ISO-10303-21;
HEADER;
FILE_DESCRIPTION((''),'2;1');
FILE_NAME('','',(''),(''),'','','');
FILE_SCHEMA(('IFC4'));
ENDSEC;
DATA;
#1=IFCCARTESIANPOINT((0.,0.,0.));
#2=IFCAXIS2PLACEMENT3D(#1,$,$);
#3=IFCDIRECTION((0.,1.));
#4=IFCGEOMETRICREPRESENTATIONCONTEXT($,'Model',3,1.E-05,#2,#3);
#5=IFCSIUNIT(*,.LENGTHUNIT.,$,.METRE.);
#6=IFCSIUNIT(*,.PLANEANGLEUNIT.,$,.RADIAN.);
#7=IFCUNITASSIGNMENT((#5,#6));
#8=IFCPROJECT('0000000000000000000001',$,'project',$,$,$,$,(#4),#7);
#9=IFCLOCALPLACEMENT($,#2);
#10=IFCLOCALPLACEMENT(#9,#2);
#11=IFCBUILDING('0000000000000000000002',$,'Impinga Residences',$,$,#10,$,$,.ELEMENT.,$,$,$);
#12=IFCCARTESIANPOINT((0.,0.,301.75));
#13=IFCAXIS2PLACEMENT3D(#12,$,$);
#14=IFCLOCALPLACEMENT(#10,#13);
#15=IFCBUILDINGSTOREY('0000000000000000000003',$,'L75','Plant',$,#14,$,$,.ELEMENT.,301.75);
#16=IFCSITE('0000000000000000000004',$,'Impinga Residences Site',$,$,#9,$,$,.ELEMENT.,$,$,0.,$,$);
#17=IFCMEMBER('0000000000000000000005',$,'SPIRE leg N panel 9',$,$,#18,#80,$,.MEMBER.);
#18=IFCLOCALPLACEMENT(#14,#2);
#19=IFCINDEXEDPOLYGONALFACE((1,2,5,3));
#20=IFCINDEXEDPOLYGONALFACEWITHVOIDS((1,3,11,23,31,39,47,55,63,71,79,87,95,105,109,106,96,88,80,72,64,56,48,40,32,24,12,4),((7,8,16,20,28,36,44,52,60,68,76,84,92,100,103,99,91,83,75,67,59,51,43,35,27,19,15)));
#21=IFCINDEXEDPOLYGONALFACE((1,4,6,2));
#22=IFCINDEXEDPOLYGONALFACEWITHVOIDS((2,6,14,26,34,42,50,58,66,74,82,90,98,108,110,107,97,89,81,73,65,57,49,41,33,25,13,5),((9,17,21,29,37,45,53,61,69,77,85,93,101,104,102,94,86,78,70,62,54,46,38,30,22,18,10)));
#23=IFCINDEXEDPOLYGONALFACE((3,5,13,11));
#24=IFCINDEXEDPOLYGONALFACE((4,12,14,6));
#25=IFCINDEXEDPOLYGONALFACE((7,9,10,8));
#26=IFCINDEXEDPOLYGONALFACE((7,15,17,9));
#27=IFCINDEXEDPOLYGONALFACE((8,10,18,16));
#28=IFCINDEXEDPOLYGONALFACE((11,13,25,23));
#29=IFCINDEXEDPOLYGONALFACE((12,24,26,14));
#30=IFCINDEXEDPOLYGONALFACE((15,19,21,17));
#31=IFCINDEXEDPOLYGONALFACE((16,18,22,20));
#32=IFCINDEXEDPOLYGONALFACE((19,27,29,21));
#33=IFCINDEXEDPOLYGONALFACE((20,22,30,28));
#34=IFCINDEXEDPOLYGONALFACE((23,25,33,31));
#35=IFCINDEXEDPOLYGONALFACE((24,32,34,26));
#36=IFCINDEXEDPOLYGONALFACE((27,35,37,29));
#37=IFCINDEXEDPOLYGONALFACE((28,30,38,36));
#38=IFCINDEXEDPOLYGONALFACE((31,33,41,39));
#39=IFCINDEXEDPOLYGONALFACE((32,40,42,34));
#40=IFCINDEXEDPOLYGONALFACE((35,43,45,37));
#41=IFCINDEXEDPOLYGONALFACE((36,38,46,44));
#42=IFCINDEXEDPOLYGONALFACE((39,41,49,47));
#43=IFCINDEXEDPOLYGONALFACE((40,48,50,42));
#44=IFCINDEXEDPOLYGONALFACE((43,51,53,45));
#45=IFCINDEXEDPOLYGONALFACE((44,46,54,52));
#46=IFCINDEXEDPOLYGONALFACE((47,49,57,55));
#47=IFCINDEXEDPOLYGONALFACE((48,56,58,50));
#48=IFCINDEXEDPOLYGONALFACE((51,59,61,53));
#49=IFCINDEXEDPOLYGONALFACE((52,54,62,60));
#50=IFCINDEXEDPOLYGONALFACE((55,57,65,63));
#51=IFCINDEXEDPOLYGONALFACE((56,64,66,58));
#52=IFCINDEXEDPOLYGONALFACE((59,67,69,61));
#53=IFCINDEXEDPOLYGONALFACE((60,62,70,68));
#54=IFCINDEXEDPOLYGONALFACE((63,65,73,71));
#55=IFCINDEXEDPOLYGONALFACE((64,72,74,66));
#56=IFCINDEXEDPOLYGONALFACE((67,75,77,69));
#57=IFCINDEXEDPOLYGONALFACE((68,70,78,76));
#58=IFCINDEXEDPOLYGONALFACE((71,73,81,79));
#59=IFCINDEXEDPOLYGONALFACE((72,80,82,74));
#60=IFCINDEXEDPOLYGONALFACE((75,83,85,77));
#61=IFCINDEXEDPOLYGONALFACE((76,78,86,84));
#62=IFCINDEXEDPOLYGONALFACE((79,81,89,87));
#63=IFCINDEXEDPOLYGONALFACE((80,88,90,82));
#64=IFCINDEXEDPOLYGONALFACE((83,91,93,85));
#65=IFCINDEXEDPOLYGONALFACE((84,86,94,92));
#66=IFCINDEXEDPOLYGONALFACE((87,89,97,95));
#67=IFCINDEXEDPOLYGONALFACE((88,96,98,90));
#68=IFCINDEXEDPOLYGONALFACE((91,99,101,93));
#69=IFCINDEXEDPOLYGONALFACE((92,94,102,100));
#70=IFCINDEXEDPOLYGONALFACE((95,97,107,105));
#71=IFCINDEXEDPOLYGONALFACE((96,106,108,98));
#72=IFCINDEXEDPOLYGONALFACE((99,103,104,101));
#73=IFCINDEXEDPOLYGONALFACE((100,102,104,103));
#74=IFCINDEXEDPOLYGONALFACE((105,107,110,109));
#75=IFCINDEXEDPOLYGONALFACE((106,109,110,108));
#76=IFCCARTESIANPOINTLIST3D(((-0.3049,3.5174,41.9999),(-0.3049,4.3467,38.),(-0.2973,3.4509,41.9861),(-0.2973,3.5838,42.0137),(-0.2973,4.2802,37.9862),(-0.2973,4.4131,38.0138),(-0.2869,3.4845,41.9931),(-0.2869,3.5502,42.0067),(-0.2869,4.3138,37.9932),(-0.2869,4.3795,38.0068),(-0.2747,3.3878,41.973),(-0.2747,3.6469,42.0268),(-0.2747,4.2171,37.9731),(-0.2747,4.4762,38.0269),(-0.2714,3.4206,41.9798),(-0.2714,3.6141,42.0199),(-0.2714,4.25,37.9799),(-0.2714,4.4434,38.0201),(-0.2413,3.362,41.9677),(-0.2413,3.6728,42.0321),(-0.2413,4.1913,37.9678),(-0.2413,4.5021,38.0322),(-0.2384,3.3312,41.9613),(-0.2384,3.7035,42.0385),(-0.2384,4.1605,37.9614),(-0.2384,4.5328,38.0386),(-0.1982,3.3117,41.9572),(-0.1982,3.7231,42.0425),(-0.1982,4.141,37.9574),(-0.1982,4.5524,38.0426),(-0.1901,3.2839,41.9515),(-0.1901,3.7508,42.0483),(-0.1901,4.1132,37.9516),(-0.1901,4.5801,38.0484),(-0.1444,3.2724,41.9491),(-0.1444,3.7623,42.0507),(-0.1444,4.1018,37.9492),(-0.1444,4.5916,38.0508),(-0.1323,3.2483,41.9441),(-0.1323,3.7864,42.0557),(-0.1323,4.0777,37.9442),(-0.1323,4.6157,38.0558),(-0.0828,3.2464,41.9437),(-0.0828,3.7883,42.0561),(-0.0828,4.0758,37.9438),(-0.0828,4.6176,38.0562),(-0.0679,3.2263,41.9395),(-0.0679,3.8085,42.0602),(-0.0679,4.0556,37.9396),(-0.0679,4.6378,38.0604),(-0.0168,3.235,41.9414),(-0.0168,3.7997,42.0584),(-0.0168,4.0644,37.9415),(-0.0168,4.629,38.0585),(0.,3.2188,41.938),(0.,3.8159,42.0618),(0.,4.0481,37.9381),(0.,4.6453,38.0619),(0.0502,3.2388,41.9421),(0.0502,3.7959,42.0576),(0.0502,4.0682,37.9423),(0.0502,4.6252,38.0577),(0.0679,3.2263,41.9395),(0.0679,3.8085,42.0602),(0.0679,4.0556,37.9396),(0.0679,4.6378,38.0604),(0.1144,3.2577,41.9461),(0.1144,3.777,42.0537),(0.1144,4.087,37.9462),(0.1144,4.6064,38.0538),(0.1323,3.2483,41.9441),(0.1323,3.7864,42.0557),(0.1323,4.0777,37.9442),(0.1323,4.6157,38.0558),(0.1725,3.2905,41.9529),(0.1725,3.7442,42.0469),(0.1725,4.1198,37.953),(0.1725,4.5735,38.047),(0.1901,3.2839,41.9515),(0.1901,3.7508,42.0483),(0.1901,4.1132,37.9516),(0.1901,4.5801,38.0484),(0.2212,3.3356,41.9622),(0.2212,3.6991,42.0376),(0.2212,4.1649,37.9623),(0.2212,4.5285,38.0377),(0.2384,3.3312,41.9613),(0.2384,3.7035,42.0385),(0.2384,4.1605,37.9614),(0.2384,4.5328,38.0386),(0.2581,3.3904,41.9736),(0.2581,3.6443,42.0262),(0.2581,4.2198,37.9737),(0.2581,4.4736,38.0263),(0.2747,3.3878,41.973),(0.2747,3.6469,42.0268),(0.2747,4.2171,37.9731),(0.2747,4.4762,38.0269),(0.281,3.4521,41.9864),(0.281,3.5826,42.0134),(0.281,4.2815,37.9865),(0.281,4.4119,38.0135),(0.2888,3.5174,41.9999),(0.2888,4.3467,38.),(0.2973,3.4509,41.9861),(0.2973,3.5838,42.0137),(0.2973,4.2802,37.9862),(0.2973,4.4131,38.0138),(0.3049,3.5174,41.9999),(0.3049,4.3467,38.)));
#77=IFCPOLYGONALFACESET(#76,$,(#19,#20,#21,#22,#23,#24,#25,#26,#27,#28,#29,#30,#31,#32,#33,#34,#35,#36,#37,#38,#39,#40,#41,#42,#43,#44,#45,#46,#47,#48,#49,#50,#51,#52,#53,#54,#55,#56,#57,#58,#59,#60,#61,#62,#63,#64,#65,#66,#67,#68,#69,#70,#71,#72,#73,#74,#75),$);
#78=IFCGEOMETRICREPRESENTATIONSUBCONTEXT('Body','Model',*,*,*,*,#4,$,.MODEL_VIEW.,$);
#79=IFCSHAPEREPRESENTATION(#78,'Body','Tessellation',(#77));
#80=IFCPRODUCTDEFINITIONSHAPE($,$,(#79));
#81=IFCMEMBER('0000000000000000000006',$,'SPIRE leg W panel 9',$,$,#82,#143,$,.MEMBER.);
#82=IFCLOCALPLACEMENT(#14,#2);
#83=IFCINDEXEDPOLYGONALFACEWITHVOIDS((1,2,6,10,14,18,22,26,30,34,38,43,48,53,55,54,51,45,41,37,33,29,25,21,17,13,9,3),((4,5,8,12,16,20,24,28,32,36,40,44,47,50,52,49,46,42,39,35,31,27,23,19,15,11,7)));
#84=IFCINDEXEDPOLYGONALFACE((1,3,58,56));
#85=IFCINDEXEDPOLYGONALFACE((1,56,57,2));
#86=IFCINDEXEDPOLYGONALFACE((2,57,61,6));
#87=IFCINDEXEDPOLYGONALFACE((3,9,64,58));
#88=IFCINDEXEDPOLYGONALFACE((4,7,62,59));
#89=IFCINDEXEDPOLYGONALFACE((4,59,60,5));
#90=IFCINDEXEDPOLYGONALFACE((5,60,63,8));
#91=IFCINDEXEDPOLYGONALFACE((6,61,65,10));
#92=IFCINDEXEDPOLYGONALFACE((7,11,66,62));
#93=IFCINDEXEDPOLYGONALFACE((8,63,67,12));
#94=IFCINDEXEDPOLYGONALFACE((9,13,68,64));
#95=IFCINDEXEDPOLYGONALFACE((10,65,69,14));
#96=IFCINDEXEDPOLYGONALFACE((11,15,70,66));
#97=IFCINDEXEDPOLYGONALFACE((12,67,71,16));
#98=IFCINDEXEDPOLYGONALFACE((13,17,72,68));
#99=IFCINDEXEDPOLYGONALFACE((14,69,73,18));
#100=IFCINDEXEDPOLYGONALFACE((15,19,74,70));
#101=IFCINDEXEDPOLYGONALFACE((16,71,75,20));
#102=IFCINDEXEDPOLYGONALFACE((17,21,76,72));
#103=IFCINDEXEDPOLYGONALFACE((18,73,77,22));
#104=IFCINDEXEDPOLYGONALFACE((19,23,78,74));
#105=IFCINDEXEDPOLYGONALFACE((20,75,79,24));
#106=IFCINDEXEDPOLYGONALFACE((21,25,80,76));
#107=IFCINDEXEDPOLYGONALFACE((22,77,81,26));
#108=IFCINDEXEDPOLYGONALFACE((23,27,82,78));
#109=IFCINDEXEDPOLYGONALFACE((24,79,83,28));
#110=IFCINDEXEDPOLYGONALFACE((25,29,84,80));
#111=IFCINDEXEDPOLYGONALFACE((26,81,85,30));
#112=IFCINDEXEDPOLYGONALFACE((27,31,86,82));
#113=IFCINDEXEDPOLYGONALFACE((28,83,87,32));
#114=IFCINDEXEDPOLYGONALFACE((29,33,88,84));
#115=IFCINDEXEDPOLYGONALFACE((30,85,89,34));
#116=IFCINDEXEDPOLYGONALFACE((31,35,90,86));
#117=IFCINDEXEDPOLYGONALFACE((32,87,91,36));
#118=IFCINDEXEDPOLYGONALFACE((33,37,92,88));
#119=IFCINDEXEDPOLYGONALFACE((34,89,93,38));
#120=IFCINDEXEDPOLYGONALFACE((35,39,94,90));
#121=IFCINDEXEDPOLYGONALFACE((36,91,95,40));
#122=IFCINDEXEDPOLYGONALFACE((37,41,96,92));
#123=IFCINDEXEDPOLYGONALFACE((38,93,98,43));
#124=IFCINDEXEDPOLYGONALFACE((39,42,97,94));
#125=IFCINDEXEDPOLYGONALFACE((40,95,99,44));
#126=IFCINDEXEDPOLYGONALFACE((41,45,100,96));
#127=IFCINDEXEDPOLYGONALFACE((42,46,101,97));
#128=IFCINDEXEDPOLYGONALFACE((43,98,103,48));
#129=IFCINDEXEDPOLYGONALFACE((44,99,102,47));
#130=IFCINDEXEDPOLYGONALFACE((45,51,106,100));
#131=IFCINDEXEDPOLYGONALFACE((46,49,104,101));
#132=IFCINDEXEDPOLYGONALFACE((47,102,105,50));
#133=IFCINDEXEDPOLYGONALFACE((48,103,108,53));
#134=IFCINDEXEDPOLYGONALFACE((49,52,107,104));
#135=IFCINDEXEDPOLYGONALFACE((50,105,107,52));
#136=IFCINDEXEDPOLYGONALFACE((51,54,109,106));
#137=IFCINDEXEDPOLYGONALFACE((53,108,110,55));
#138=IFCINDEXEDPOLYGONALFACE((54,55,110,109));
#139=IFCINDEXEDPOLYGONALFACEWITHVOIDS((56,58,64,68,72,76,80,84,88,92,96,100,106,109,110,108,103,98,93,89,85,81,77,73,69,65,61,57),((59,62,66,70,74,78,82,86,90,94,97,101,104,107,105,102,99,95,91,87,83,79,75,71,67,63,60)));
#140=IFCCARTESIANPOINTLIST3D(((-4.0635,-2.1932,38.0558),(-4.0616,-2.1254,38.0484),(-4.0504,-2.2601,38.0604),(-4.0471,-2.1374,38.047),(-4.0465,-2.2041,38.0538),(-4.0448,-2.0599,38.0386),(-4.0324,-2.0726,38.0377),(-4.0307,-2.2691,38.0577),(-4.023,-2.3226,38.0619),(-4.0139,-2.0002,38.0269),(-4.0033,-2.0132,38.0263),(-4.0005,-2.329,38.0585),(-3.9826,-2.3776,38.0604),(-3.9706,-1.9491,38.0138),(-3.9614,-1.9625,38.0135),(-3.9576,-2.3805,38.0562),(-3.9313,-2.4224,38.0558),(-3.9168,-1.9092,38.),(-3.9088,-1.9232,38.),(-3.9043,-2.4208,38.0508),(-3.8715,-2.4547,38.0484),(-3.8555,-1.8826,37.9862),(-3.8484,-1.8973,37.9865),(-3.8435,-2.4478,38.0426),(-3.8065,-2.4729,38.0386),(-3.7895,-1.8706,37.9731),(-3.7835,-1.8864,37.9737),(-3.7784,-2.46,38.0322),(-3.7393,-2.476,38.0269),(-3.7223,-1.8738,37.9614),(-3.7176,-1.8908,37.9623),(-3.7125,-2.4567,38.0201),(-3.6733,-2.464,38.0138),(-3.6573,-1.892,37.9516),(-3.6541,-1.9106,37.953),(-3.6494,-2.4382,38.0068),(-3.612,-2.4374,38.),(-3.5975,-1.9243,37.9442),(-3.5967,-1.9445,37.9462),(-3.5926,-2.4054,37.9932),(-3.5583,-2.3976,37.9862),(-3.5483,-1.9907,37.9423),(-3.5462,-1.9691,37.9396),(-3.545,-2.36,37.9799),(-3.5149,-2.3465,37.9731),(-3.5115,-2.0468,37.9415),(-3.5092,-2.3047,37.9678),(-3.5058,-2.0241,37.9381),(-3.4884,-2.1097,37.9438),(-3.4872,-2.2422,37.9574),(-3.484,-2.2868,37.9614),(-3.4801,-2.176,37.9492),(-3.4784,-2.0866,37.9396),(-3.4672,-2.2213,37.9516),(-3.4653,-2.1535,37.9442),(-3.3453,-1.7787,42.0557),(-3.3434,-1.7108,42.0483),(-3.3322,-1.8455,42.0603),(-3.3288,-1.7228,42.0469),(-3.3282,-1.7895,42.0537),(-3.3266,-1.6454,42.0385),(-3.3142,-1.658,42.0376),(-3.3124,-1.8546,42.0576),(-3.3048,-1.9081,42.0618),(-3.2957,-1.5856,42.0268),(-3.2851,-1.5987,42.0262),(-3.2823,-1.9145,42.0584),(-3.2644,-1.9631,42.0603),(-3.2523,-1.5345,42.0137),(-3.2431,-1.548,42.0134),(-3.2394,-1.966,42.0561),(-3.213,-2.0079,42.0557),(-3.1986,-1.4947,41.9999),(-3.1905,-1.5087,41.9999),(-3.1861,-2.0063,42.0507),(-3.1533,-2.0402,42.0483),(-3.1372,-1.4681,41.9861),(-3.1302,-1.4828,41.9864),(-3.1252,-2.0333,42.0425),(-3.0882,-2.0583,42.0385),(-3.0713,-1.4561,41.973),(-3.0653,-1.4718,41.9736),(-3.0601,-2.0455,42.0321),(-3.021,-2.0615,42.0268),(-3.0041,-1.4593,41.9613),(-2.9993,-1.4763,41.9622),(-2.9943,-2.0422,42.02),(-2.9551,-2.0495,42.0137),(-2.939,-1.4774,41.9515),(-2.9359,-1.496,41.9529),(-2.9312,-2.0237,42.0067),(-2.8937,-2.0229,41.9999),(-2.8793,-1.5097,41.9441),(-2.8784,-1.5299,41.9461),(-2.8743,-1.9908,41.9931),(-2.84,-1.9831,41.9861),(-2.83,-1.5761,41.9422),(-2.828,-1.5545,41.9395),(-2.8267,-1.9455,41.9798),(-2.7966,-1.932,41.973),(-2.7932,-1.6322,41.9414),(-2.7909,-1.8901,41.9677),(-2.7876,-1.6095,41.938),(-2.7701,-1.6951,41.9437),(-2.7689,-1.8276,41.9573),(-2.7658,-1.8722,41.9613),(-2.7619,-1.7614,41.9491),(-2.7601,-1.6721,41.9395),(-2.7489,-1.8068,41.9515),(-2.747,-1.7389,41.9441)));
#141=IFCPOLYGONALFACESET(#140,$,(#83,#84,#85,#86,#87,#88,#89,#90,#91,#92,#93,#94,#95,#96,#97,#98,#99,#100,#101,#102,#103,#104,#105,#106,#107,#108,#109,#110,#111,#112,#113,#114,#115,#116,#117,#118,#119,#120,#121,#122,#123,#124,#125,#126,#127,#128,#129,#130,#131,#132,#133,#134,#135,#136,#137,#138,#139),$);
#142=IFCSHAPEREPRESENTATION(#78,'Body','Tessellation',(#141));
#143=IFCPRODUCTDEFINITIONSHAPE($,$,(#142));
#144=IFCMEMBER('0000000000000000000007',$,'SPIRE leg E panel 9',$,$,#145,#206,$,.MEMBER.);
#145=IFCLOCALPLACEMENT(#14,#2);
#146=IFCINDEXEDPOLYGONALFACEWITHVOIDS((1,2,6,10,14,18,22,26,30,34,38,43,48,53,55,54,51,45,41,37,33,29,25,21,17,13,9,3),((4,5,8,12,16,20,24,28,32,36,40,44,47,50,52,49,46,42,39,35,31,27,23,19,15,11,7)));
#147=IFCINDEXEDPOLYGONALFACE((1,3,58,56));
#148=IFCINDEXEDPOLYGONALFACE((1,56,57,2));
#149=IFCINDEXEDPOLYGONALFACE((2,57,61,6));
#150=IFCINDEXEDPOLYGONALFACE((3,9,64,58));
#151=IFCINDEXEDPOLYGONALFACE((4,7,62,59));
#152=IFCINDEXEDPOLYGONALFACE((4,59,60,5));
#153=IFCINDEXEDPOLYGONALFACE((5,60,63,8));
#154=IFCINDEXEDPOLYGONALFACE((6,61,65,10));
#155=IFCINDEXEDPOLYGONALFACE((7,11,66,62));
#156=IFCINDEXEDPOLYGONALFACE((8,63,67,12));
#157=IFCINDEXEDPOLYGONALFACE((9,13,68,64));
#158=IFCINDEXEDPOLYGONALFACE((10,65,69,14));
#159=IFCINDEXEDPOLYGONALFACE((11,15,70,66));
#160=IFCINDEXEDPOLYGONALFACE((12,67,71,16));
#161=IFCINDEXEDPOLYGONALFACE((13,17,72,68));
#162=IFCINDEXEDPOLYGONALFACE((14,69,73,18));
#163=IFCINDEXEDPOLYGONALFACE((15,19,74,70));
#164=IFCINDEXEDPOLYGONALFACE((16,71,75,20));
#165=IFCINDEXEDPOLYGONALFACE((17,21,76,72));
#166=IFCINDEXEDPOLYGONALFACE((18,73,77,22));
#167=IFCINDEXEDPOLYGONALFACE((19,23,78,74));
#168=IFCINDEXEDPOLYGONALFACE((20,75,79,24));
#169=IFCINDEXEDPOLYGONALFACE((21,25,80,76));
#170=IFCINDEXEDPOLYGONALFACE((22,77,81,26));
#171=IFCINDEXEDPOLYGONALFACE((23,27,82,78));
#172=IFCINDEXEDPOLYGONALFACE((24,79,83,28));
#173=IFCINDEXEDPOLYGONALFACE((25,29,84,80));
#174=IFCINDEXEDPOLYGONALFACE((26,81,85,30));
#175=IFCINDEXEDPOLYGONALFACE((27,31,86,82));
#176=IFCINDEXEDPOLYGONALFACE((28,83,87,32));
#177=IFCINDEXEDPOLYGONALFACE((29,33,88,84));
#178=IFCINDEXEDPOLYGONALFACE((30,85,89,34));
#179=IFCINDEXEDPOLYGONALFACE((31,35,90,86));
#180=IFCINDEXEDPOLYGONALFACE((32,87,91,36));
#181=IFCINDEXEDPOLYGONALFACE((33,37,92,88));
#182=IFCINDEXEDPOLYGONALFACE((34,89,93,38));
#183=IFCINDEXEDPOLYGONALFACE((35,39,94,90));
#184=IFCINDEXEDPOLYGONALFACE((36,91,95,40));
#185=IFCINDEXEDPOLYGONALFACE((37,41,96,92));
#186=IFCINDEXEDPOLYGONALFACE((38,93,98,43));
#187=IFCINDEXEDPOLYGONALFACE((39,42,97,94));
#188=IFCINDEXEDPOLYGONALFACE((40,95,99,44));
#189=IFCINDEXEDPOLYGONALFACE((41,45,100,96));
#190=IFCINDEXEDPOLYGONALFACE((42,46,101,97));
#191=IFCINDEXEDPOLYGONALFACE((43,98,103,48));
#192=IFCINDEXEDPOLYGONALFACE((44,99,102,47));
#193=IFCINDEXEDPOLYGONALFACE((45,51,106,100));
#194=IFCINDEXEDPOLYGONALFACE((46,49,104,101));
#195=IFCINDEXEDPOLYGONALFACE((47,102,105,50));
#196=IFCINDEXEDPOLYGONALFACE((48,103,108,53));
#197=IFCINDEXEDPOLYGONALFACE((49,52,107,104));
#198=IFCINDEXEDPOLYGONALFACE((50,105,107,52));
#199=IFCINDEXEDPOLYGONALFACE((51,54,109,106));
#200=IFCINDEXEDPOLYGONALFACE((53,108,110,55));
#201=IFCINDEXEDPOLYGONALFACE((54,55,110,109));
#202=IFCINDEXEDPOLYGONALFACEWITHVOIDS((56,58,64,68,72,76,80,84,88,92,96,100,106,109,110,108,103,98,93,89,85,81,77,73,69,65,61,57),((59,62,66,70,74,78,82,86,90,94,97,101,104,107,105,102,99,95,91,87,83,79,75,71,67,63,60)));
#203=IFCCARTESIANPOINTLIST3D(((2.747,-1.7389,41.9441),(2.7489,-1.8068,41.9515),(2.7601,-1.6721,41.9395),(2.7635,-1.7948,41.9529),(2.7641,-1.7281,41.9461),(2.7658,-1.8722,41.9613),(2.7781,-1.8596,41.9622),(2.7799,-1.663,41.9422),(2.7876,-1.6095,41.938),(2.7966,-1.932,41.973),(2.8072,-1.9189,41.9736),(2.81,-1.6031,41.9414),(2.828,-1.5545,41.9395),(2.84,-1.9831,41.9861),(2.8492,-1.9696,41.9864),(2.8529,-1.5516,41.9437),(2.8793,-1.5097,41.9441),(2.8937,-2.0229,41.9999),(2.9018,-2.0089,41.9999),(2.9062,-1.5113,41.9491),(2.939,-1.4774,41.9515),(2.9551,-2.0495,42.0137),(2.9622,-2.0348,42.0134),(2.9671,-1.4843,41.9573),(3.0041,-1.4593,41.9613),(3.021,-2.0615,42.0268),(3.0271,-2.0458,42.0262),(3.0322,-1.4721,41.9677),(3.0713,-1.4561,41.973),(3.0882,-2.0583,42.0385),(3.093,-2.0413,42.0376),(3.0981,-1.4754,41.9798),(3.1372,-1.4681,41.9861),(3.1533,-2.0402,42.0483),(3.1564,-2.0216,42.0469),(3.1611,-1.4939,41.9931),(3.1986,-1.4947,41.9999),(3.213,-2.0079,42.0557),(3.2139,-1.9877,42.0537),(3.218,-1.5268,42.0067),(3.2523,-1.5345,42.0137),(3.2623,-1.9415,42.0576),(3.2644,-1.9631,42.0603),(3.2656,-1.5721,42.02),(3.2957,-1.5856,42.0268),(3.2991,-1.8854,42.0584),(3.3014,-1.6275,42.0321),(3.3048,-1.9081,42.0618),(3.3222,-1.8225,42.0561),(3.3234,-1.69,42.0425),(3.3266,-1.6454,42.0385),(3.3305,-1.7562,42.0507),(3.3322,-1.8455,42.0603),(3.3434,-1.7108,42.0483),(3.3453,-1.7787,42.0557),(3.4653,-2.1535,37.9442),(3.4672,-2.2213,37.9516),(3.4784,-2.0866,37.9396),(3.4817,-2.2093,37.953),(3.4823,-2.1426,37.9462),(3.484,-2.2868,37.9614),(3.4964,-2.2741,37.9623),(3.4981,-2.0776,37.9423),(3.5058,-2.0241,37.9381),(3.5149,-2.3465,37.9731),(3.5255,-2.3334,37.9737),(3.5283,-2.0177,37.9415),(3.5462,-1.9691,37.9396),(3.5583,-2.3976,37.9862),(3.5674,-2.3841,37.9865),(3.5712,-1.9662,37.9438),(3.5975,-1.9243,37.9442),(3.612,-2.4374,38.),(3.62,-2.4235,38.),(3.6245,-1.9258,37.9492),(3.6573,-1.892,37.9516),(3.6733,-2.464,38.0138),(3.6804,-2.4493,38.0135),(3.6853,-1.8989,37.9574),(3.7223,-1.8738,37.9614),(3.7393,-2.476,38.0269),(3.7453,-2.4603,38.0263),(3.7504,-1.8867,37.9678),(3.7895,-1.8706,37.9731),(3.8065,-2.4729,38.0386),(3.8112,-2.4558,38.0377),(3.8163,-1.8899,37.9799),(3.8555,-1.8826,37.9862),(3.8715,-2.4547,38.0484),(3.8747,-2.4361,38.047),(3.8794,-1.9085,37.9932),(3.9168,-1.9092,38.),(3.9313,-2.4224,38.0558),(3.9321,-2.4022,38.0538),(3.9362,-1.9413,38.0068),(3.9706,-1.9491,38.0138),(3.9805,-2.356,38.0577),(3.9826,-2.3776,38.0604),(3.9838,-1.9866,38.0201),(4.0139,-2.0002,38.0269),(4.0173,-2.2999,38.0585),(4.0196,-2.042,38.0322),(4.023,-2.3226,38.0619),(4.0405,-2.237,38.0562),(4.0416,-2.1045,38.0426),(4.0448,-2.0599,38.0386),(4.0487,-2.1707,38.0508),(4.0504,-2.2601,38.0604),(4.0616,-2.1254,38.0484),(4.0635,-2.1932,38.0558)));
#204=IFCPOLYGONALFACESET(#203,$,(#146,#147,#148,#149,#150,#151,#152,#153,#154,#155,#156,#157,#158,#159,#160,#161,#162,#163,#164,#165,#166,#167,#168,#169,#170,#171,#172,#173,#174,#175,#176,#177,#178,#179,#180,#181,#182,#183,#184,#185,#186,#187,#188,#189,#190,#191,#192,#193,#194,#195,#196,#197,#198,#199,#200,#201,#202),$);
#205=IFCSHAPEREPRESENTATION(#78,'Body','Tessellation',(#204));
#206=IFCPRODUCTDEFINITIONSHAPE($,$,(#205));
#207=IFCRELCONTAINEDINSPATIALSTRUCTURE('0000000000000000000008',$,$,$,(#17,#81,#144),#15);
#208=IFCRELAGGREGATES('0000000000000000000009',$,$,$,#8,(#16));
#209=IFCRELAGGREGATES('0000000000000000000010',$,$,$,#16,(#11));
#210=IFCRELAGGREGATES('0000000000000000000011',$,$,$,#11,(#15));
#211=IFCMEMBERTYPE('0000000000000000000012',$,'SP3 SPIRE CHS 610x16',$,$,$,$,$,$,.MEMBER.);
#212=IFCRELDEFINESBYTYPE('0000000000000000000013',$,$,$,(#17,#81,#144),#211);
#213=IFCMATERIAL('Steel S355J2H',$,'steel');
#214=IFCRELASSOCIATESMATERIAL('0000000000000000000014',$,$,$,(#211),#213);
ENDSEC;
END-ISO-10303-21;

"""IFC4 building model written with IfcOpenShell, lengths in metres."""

from ifc_helpers import new_model, si_unit, direction, frame, origin, origin_2d, place, context, subcontext, project, spatial, hollow_circle, extrude, material, material_profile, profile_set, type_object, element, save


model = new_model("IFC4")

# Units and contexts
model_context = context("Model", 3, precision=1e-05, world=origin(), true_north=direction((0.0, 1.0)))
body_context = subcontext(model_context, "Body", "Model", "MODEL_VIEW")
ifc_project = project(units=[si_unit("LENGTHUNIT", "METRE"), si_unit("PLANEANGLEUNIT", "RADIAN")], contexts=[model_context])

# Site, building, storey
site_placement = place(None, origin())
site = spatial("IfcSite", under=ifc_project, at=site_placement, Name="Impinga Residences Site", CompositionType="ELEMENT", RefElevation=0.0)
building_placement = place(site_placement, origin())
building = spatial("IfcBuilding", under=site, at=building_placement, Name="Impinga Residences", CompositionType="ELEMENT")
storey_placement = place(building_placement, frame((0.0, 0.0, 301.75)))
storey = spatial("IfcBuildingStorey", under=building, at=storey_placement, Name="L75", Description="Plant", CompositionType="ELEMENT", Elevation=301.75)

# Members
ifc_material = material(Name="Steel S355J2H", Category="steel")
ifc_material_profile_1 = material_profile(ifc_material, hollow_circle(Radius=0.3049, WallThickness=0.0161, at=origin_2d()), Name="CHS 610x16")
ifc_profile_set_1 = profile_set([ifc_material_profile_1], Name="Steel S355J2H")
member_type_1 = type_object("IfcMemberType", Name="SP3 SPIRE CHS 610x16", PredefinedType="MEMBER", material=ifc_profile_set_1)
for number, where, z_axis, x_axis, name in (
    (1, (0.0, 4.3467, 38.0), (0.0, -0.203019, 0.979175), (1.0, 0.0, 0.0), "SPIRE leg N panel 9"),
    (2, (-3.7644, -2.1733, 38.0), (0.175826, 0.10148, 0.979177), (-0.499875, 0.866097, 0.0), "SPIRE leg W panel 9"),
    (3, (3.7644, -2.1733, 38.0), (-0.175826, 0.10148, 0.979177), (-0.499875, -0.866097, 0.0), "SPIRE leg E panel 9"),
):
    element("IfcMember", number, at=place(storey_placement, frame(where, z_axis=z_axis, x_axis=x_axis)), inside=storey, type_object=member_type_1, Name=name, PredefinedType="MEMBER", context=body_context, shape_type="SweptSolid", body=[
        extrude(hollow_circle(Radius=0.3049, WallThickness=0.0161, at=origin_2d()), origin(), (0.0, 0.0, 1.0), 4.085),
    ])

save(model, "model.ifc")
